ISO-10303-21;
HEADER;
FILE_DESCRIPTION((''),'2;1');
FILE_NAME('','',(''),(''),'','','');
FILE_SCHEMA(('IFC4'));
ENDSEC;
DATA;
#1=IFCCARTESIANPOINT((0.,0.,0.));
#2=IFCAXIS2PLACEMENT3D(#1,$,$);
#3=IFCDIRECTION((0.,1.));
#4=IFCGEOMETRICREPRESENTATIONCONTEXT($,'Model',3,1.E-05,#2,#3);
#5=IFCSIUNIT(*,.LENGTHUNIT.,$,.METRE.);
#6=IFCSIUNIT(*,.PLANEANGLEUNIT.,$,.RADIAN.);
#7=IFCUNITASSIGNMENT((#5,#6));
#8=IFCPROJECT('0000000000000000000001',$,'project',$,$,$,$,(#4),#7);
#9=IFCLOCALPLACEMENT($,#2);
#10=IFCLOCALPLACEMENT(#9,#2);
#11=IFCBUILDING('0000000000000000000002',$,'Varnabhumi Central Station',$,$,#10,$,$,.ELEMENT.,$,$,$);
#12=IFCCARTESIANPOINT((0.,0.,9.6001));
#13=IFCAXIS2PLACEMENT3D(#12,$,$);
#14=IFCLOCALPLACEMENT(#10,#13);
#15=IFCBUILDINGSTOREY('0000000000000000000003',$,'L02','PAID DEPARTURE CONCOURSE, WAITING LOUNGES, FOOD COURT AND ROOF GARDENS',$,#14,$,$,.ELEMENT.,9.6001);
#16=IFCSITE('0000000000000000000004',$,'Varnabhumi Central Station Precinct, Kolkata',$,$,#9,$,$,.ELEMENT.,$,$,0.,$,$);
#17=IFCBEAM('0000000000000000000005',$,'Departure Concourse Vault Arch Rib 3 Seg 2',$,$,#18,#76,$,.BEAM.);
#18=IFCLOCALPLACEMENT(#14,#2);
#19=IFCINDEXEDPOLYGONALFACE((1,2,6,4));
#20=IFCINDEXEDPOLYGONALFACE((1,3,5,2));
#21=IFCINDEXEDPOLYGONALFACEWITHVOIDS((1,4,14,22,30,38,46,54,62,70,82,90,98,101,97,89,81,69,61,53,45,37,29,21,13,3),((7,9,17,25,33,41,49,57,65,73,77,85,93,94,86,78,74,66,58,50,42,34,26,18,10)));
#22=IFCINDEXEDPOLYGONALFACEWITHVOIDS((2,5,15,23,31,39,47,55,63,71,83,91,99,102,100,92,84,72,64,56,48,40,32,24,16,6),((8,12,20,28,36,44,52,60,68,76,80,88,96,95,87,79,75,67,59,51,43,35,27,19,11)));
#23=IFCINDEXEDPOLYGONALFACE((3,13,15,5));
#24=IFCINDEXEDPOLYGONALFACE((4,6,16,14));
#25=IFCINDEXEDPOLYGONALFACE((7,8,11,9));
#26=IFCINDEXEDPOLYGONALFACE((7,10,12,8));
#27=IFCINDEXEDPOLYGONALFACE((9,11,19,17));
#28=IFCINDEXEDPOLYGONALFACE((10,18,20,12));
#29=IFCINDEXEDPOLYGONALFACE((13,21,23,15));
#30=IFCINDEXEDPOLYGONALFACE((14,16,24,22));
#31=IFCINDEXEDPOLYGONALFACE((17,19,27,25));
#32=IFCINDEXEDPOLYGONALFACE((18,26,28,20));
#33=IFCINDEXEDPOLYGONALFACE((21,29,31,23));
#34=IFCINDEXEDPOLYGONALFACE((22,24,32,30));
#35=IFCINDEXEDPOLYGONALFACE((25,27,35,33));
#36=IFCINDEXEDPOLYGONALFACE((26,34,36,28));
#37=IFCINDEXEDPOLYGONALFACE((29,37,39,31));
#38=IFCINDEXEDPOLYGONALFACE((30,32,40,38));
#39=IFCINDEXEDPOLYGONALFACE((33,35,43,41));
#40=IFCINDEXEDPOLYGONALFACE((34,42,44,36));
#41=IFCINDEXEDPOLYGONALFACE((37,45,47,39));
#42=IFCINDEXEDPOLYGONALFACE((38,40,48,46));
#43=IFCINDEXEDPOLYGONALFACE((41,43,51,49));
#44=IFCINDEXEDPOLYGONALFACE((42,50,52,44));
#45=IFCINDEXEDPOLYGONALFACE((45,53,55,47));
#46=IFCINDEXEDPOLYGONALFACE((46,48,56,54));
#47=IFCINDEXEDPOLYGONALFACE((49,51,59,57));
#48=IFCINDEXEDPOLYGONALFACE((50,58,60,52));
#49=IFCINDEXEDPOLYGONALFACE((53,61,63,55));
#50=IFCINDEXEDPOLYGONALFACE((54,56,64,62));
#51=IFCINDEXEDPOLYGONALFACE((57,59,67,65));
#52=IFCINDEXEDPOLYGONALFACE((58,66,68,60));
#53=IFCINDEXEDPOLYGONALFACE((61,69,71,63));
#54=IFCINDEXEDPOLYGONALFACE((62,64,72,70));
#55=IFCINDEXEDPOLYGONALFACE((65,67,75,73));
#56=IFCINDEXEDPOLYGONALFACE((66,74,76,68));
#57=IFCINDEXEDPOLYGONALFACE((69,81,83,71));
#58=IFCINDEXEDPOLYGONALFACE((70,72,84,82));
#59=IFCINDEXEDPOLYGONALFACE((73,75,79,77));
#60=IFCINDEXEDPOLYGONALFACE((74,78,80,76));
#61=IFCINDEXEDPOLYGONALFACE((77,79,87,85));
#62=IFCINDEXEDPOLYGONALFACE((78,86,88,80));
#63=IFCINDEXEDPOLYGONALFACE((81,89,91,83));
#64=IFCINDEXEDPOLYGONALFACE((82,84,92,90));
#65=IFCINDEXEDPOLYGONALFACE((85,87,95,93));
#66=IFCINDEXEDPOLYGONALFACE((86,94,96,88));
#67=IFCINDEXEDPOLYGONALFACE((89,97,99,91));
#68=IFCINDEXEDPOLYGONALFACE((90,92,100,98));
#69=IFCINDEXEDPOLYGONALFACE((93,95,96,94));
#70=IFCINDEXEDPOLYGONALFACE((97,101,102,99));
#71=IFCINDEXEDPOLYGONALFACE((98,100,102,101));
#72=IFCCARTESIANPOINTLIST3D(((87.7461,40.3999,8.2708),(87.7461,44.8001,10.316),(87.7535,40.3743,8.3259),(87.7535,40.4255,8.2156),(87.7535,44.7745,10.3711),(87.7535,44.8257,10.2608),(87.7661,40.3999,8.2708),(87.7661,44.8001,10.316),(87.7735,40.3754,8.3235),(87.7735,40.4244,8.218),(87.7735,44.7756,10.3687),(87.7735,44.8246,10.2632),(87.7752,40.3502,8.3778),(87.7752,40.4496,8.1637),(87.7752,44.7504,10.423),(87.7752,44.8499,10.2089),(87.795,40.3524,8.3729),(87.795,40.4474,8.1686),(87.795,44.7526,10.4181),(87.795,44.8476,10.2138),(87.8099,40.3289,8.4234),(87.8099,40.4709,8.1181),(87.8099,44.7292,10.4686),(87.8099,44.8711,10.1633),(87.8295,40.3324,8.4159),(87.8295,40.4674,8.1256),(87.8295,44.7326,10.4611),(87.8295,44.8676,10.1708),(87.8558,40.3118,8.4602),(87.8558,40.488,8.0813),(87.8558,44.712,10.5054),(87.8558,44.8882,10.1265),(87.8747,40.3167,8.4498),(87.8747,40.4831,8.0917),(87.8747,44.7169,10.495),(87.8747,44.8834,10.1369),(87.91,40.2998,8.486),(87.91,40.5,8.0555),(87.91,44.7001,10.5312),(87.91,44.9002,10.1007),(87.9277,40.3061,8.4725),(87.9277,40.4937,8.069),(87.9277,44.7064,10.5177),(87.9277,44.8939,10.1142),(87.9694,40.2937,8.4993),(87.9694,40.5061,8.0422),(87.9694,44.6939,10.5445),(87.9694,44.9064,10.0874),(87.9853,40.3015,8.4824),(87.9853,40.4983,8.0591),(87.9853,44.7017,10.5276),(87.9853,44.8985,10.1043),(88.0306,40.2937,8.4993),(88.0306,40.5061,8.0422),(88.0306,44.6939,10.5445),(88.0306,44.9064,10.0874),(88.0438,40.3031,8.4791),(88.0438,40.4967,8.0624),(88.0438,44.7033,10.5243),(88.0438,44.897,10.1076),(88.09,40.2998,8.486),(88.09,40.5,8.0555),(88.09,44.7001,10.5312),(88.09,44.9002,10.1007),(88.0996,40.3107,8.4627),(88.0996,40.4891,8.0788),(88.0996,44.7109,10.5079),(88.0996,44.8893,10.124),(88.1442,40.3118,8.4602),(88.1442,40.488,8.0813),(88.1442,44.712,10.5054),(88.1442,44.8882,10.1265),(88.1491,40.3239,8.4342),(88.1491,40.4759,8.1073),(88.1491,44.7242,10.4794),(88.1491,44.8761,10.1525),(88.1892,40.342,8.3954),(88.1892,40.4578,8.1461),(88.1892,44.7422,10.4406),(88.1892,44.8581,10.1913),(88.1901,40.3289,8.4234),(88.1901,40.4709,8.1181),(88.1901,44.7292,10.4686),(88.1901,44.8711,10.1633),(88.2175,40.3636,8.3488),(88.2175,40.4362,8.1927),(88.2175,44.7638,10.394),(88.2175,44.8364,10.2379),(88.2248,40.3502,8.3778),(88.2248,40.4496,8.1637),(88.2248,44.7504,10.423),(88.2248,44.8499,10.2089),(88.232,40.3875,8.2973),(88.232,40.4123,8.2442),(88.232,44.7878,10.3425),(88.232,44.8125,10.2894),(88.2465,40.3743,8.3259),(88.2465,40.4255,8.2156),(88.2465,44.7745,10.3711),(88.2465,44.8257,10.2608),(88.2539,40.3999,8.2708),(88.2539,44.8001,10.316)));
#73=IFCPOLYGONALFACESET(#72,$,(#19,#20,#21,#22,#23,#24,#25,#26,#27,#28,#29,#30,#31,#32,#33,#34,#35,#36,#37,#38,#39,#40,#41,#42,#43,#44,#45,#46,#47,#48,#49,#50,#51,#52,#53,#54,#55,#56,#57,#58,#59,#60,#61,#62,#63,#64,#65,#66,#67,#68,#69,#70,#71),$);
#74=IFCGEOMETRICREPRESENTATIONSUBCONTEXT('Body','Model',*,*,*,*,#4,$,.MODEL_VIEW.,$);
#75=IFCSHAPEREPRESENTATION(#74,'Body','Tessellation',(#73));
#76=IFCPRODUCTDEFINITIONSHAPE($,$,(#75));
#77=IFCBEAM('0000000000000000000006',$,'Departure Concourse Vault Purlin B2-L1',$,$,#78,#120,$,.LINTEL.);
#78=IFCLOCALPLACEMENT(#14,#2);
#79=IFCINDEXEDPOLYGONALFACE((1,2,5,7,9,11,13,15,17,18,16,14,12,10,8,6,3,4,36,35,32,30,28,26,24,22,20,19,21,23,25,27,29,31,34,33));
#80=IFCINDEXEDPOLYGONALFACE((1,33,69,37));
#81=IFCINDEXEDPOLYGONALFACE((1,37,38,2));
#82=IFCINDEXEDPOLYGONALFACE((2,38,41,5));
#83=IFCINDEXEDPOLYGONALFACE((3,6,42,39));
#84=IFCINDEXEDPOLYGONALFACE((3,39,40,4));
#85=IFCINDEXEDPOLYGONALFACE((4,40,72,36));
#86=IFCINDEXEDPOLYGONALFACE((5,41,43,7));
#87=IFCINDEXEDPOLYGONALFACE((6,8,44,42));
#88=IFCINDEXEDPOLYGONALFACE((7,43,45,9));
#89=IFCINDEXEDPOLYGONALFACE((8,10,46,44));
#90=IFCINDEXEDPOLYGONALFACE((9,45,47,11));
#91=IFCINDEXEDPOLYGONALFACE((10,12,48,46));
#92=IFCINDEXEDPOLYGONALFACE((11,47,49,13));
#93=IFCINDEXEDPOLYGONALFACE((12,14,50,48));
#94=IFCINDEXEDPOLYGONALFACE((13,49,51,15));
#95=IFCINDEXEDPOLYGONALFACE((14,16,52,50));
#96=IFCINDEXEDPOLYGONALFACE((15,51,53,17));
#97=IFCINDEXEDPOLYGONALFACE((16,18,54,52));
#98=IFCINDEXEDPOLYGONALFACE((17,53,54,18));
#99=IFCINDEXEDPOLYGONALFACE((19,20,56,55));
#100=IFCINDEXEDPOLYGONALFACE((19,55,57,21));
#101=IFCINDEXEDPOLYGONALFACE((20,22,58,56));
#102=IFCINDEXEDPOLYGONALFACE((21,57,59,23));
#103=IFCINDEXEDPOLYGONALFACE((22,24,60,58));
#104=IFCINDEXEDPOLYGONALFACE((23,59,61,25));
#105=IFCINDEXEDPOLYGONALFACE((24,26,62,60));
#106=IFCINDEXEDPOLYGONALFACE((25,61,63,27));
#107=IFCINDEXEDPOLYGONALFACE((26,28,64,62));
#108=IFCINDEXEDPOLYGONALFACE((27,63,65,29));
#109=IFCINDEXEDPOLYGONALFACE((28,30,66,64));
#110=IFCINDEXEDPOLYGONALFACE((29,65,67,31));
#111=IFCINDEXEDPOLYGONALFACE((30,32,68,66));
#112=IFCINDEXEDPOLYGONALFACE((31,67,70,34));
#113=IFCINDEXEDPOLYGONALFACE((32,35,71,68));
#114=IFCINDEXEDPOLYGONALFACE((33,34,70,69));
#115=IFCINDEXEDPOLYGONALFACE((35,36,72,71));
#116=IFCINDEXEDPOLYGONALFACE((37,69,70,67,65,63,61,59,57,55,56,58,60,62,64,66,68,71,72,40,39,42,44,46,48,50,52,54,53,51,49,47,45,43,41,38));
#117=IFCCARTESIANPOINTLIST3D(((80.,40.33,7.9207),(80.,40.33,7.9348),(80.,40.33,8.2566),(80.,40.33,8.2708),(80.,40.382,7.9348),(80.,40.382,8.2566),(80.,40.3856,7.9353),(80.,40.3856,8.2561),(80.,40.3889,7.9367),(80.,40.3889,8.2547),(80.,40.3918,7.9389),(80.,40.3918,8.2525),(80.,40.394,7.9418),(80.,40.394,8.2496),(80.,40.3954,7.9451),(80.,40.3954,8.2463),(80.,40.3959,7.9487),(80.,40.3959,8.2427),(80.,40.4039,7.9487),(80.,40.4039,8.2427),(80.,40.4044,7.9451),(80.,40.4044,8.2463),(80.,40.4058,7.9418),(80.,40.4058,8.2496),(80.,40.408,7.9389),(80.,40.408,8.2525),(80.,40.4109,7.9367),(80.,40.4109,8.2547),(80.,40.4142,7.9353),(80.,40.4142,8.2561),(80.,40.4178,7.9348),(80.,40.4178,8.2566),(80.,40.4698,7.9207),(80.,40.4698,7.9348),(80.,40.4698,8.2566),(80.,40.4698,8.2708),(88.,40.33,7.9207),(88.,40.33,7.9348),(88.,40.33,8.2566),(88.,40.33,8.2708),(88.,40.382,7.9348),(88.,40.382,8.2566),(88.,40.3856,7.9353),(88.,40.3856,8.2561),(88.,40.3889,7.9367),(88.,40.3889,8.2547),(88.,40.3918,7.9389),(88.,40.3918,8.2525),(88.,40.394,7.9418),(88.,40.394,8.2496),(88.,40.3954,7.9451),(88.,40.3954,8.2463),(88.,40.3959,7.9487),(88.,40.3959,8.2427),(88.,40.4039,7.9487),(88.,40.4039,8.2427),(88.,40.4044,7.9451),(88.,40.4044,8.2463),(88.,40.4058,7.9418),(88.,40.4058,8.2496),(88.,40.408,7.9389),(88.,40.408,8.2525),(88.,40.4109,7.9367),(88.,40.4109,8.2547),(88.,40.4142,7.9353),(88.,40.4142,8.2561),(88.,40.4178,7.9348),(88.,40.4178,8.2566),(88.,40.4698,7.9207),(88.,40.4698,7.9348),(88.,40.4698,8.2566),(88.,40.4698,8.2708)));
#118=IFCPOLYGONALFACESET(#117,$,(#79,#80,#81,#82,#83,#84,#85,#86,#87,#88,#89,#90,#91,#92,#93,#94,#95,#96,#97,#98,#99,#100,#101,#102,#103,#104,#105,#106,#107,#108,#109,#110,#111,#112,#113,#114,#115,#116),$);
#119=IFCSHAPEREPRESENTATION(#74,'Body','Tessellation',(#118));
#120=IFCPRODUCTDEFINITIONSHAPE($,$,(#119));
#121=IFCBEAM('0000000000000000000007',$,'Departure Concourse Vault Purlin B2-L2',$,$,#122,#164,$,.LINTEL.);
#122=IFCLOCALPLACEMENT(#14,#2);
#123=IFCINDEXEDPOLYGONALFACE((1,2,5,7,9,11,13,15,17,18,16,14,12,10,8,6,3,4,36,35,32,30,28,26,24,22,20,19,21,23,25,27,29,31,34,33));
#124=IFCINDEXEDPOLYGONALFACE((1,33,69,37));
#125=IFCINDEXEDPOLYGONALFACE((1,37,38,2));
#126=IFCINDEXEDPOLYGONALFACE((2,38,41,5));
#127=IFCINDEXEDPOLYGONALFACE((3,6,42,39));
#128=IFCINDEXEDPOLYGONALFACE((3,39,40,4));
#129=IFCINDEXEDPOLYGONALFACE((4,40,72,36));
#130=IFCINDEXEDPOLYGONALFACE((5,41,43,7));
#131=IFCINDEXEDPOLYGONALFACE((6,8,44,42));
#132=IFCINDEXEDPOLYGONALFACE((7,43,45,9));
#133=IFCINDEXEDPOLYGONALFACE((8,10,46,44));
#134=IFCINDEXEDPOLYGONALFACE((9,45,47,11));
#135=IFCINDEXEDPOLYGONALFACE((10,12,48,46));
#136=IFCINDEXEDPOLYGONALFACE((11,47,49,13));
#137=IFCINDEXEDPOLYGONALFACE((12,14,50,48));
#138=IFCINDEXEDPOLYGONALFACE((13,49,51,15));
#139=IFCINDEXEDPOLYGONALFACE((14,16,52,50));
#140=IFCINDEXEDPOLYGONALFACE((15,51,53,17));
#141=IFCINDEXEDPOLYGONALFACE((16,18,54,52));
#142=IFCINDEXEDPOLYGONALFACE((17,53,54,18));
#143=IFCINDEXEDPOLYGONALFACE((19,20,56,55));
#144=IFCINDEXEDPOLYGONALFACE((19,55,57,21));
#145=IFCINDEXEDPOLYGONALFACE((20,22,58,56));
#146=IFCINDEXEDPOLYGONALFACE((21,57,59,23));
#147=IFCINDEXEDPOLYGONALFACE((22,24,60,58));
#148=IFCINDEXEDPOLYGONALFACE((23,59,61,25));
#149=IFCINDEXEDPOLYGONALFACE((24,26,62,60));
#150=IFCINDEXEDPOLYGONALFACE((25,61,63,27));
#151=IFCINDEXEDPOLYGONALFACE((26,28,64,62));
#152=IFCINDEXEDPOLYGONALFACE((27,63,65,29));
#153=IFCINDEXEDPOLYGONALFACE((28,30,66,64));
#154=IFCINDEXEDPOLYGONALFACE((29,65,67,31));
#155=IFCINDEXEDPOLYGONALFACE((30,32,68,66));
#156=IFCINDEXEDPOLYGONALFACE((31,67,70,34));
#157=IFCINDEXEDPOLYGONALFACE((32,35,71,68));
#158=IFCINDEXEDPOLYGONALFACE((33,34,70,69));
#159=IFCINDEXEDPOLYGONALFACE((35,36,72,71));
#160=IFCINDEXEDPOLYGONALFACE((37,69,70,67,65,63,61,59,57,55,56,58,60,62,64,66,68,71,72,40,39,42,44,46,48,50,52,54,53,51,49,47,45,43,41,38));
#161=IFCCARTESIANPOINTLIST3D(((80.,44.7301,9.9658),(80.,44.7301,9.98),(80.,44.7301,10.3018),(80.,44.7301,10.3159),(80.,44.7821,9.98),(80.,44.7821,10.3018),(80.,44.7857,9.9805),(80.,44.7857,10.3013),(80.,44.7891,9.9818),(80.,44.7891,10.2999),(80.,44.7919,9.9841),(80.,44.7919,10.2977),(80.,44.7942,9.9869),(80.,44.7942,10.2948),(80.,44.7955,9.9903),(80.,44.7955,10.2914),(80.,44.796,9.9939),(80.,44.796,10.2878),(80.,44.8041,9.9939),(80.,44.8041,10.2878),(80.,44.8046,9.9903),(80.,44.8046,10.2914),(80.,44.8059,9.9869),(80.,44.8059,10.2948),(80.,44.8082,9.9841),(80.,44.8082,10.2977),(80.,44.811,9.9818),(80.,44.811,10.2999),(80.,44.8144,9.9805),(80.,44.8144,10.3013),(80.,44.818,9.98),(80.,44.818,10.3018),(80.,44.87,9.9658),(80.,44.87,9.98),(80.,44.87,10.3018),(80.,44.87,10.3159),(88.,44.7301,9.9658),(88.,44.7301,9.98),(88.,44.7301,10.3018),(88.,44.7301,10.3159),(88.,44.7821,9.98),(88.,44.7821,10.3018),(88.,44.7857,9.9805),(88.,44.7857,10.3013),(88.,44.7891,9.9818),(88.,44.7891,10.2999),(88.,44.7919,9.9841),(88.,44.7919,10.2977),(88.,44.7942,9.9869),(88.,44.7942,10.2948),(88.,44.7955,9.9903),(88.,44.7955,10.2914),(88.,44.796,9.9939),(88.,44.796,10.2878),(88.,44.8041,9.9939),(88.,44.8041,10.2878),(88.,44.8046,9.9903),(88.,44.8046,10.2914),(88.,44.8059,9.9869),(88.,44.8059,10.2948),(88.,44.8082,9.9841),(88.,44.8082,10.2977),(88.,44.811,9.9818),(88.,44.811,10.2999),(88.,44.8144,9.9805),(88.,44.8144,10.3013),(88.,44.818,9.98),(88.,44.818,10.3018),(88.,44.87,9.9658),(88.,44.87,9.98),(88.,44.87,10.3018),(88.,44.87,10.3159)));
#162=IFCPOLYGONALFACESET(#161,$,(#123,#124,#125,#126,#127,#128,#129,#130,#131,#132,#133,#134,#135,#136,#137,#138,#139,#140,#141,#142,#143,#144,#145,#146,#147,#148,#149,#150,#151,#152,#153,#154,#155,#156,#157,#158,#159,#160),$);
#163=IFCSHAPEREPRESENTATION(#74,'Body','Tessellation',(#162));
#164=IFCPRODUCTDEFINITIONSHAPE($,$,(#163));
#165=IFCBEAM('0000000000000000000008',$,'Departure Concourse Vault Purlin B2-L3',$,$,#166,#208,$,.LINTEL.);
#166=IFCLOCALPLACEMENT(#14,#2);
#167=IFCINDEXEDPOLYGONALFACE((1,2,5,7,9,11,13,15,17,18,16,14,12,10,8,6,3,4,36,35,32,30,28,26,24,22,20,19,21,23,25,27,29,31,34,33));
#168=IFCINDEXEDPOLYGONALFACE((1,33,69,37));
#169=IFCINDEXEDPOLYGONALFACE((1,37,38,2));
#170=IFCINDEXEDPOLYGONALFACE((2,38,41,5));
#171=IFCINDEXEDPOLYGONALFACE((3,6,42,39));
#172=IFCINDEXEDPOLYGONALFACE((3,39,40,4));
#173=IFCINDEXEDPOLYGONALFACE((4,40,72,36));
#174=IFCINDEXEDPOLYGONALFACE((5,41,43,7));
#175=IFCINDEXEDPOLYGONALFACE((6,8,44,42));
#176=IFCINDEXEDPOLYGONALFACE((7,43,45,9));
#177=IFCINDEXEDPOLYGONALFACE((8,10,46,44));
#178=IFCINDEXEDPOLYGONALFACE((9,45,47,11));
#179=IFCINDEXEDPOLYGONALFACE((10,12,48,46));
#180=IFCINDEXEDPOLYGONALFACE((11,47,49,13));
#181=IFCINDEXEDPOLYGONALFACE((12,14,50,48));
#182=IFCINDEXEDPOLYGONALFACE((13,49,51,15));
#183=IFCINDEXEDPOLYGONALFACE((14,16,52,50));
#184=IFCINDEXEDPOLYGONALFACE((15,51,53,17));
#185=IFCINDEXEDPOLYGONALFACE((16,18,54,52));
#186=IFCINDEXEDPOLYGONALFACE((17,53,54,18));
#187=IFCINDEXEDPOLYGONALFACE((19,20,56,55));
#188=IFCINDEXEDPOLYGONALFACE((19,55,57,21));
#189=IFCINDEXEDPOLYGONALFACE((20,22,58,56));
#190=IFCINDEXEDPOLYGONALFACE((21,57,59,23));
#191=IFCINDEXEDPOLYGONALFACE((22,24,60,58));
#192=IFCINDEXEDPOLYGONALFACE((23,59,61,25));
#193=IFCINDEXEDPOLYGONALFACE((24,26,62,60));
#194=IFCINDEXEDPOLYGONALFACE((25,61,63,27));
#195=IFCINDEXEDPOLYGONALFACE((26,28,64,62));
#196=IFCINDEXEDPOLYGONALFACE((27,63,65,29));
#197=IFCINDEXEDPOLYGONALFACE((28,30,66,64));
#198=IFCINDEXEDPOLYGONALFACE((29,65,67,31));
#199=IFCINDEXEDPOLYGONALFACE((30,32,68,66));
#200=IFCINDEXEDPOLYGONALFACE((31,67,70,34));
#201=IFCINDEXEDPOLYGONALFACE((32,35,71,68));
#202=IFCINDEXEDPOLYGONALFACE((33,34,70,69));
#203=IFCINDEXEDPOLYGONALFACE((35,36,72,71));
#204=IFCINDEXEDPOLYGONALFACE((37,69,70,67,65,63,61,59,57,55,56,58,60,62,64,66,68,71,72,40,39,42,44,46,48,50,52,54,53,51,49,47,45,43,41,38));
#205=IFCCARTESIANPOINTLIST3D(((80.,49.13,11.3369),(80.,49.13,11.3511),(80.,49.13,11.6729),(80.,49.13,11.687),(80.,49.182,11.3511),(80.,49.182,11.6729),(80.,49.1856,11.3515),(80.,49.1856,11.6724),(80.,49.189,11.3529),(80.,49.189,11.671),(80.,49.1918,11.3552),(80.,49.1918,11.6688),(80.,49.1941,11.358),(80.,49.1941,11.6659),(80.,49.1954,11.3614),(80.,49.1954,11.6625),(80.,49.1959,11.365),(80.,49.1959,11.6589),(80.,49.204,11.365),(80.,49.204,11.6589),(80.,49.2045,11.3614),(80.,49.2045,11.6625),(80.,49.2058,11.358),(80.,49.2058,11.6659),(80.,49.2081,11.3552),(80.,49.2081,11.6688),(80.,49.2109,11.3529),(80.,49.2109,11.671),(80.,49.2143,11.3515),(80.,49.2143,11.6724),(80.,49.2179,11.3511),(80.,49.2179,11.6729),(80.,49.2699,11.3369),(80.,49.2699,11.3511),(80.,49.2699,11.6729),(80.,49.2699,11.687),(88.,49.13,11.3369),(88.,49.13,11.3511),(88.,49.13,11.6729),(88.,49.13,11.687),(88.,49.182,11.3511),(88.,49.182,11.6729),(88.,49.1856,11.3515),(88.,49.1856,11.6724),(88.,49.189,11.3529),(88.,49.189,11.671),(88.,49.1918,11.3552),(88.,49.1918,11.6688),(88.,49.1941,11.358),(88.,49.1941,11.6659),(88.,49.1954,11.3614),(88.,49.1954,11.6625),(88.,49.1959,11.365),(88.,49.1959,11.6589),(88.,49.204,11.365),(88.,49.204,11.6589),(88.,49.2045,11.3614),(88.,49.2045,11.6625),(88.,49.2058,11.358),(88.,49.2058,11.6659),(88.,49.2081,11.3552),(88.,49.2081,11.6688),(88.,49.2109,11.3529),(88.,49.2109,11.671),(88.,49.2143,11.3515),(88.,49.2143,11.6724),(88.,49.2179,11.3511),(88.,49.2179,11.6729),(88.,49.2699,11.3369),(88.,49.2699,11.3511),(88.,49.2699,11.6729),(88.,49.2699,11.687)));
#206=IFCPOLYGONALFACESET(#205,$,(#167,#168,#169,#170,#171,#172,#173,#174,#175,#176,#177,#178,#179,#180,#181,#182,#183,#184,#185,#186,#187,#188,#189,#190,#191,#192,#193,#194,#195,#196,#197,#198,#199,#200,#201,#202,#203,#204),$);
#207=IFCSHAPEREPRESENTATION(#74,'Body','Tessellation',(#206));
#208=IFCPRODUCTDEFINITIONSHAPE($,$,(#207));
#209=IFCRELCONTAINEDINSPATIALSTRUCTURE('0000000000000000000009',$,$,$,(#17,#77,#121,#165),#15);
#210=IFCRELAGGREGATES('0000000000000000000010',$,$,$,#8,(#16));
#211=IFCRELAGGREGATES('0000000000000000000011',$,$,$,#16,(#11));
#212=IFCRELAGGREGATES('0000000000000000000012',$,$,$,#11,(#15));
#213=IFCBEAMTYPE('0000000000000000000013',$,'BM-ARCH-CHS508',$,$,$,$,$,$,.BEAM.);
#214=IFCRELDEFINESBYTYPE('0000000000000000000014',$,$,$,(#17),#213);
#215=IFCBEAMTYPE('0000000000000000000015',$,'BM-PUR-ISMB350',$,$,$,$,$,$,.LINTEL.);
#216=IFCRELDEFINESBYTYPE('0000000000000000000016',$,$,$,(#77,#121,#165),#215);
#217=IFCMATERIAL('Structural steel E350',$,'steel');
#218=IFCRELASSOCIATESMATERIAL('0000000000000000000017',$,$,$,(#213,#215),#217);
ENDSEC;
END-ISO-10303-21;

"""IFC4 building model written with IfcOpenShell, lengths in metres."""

from ifc_helpers import new_model, si_unit, direction, frame, origin, origin_2d, place, context, subcontext, project, spatial, hollow_circle, i_section, extrude, material, material_profile, profile_set, type_object, element, save


model = new_model("IFC4")

# Units and contexts
model_context = context("Model", 3, precision=1e-05, world=origin(), true_north=direction((0.0, 1.0)))
body_context = subcontext(model_context, "Body", "Model", "MODEL_VIEW")
ifc_project = project(units=[si_unit("LENGTHUNIT", "METRE"), si_unit("PLANEANGLEUNIT", "RADIAN")], contexts=[model_context])

# Site, building, storey
site_placement = place(None, origin())
site = spatial("IfcSite", under=ifc_project, at=site_placement, Name="Varnabhumi Central Station Precinct, Kolkata", CompositionType="ELEMENT", RefElevation=0.0)
building_placement = place(site_placement, origin())
building = spatial("IfcBuilding", under=site, at=building_placement, Name="Varnabhumi Central Station", CompositionType="ELEMENT")
storey_placement = place(building_placement, frame((0.0, 0.0, 9.6001)))
storey = spatial("IfcBuildingStorey", under=building, at=storey_placement, Name="L02", Description="PAID DEPARTURE CONCOURSE, WAITING LOUNGES, FOOD COURT AND ROOF GARDENS", CompositionType="ELEMENT", Elevation=9.6001)

# Beams
ifc_material_1 = material(Name="Structural steel E350", Category="steel")
ifc_material_profile_1 = material_profile(ifc_material_1, hollow_circle(Radius=0.2539, WallThickness=0.02, at=origin_2d()), Name="Structural steel E350", Category="steel")
ifc_profile_set_1 = profile_set([ifc_material_profile_1], Name="Structural steel E350")
beam_type_1 = type_object("IfcBeamType", Name="BM-ARCH-CHS508", PredefinedType="BEAM", material=ifc_profile_set_1)
beam_1_placement = place(storey_placement, frame((88.0, 40.3999, 8.2708), z_axis=(0.0, 0.906832, 0.421491), x_axis=(-1.0, 0.0, 0.0)))
element("IfcBeam", 1, at=beam_1_placement, inside=storey, type_object=beam_type_1, Name="Departure Concourse Vault Arch Rib 3 Seg 2", PredefinedType="BEAM", context=body_context, shape_type="SweptSolid", body=[
    extrude(hollow_circle(Radius=0.2539, WallThickness=0.02, at=origin_2d()), origin(), (0.0, 0.0, 1.0), 4.8523),
])
ifc_material_profile_2 = material_profile(ifc_material_1, i_section(OverallWidth=0.1399, OverallDepth=0.3501, WebThickness=0.0081, FlangeThickness=0.0142, FilletRadius=0.0139, at=origin_2d()), Name="Structural steel E350", Category="steel")
ifc_profile_set_2 = profile_set([ifc_material_profile_2], Name="Structural steel E350")
beam_type_2 = type_object("IfcBeamType", Name="BM-PUR-ISMB350", PredefinedType="LINTEL", material=ifc_profile_set_2)
for number, where, z_axis, x_axis, name in (
    (2, (80.0, 40.3999, 8.0957), (1.0, 0.0, 0.0), (0.0, 1.0, 0.0), "Departure Concourse Vault Purlin B2-L1"),
    (3, (80.0, 44.8, 10.1409), (1.0, 0.0, 0.0), (0.0, 1.0, 0.0), "Departure Concourse Vault Purlin B2-L2"),
    (4, (80.0, 49.2, 11.512), (1.0, 0.0, 0.0), (0.0, 1.0, 0.0), "Departure Concourse Vault Purlin B2-L3"),
):
    element("IfcBeam", number, at=place(storey_placement, frame(where, z_axis=z_axis, x_axis=x_axis)), inside=storey, type_object=beam_type_2, Name=name, PredefinedType="LINTEL", context=body_context, shape_type="SweptSolid", body=[
        extrude(i_section(OverallWidth=0.1399, OverallDepth=0.3501, WebThickness=0.0081, FlangeThickness=0.0142, FilletRadius=0.0139, at=origin_2d()), origin(), (0.0, 0.0, 1.0), 8.0),
    ])

save(model, "model.ifc")
